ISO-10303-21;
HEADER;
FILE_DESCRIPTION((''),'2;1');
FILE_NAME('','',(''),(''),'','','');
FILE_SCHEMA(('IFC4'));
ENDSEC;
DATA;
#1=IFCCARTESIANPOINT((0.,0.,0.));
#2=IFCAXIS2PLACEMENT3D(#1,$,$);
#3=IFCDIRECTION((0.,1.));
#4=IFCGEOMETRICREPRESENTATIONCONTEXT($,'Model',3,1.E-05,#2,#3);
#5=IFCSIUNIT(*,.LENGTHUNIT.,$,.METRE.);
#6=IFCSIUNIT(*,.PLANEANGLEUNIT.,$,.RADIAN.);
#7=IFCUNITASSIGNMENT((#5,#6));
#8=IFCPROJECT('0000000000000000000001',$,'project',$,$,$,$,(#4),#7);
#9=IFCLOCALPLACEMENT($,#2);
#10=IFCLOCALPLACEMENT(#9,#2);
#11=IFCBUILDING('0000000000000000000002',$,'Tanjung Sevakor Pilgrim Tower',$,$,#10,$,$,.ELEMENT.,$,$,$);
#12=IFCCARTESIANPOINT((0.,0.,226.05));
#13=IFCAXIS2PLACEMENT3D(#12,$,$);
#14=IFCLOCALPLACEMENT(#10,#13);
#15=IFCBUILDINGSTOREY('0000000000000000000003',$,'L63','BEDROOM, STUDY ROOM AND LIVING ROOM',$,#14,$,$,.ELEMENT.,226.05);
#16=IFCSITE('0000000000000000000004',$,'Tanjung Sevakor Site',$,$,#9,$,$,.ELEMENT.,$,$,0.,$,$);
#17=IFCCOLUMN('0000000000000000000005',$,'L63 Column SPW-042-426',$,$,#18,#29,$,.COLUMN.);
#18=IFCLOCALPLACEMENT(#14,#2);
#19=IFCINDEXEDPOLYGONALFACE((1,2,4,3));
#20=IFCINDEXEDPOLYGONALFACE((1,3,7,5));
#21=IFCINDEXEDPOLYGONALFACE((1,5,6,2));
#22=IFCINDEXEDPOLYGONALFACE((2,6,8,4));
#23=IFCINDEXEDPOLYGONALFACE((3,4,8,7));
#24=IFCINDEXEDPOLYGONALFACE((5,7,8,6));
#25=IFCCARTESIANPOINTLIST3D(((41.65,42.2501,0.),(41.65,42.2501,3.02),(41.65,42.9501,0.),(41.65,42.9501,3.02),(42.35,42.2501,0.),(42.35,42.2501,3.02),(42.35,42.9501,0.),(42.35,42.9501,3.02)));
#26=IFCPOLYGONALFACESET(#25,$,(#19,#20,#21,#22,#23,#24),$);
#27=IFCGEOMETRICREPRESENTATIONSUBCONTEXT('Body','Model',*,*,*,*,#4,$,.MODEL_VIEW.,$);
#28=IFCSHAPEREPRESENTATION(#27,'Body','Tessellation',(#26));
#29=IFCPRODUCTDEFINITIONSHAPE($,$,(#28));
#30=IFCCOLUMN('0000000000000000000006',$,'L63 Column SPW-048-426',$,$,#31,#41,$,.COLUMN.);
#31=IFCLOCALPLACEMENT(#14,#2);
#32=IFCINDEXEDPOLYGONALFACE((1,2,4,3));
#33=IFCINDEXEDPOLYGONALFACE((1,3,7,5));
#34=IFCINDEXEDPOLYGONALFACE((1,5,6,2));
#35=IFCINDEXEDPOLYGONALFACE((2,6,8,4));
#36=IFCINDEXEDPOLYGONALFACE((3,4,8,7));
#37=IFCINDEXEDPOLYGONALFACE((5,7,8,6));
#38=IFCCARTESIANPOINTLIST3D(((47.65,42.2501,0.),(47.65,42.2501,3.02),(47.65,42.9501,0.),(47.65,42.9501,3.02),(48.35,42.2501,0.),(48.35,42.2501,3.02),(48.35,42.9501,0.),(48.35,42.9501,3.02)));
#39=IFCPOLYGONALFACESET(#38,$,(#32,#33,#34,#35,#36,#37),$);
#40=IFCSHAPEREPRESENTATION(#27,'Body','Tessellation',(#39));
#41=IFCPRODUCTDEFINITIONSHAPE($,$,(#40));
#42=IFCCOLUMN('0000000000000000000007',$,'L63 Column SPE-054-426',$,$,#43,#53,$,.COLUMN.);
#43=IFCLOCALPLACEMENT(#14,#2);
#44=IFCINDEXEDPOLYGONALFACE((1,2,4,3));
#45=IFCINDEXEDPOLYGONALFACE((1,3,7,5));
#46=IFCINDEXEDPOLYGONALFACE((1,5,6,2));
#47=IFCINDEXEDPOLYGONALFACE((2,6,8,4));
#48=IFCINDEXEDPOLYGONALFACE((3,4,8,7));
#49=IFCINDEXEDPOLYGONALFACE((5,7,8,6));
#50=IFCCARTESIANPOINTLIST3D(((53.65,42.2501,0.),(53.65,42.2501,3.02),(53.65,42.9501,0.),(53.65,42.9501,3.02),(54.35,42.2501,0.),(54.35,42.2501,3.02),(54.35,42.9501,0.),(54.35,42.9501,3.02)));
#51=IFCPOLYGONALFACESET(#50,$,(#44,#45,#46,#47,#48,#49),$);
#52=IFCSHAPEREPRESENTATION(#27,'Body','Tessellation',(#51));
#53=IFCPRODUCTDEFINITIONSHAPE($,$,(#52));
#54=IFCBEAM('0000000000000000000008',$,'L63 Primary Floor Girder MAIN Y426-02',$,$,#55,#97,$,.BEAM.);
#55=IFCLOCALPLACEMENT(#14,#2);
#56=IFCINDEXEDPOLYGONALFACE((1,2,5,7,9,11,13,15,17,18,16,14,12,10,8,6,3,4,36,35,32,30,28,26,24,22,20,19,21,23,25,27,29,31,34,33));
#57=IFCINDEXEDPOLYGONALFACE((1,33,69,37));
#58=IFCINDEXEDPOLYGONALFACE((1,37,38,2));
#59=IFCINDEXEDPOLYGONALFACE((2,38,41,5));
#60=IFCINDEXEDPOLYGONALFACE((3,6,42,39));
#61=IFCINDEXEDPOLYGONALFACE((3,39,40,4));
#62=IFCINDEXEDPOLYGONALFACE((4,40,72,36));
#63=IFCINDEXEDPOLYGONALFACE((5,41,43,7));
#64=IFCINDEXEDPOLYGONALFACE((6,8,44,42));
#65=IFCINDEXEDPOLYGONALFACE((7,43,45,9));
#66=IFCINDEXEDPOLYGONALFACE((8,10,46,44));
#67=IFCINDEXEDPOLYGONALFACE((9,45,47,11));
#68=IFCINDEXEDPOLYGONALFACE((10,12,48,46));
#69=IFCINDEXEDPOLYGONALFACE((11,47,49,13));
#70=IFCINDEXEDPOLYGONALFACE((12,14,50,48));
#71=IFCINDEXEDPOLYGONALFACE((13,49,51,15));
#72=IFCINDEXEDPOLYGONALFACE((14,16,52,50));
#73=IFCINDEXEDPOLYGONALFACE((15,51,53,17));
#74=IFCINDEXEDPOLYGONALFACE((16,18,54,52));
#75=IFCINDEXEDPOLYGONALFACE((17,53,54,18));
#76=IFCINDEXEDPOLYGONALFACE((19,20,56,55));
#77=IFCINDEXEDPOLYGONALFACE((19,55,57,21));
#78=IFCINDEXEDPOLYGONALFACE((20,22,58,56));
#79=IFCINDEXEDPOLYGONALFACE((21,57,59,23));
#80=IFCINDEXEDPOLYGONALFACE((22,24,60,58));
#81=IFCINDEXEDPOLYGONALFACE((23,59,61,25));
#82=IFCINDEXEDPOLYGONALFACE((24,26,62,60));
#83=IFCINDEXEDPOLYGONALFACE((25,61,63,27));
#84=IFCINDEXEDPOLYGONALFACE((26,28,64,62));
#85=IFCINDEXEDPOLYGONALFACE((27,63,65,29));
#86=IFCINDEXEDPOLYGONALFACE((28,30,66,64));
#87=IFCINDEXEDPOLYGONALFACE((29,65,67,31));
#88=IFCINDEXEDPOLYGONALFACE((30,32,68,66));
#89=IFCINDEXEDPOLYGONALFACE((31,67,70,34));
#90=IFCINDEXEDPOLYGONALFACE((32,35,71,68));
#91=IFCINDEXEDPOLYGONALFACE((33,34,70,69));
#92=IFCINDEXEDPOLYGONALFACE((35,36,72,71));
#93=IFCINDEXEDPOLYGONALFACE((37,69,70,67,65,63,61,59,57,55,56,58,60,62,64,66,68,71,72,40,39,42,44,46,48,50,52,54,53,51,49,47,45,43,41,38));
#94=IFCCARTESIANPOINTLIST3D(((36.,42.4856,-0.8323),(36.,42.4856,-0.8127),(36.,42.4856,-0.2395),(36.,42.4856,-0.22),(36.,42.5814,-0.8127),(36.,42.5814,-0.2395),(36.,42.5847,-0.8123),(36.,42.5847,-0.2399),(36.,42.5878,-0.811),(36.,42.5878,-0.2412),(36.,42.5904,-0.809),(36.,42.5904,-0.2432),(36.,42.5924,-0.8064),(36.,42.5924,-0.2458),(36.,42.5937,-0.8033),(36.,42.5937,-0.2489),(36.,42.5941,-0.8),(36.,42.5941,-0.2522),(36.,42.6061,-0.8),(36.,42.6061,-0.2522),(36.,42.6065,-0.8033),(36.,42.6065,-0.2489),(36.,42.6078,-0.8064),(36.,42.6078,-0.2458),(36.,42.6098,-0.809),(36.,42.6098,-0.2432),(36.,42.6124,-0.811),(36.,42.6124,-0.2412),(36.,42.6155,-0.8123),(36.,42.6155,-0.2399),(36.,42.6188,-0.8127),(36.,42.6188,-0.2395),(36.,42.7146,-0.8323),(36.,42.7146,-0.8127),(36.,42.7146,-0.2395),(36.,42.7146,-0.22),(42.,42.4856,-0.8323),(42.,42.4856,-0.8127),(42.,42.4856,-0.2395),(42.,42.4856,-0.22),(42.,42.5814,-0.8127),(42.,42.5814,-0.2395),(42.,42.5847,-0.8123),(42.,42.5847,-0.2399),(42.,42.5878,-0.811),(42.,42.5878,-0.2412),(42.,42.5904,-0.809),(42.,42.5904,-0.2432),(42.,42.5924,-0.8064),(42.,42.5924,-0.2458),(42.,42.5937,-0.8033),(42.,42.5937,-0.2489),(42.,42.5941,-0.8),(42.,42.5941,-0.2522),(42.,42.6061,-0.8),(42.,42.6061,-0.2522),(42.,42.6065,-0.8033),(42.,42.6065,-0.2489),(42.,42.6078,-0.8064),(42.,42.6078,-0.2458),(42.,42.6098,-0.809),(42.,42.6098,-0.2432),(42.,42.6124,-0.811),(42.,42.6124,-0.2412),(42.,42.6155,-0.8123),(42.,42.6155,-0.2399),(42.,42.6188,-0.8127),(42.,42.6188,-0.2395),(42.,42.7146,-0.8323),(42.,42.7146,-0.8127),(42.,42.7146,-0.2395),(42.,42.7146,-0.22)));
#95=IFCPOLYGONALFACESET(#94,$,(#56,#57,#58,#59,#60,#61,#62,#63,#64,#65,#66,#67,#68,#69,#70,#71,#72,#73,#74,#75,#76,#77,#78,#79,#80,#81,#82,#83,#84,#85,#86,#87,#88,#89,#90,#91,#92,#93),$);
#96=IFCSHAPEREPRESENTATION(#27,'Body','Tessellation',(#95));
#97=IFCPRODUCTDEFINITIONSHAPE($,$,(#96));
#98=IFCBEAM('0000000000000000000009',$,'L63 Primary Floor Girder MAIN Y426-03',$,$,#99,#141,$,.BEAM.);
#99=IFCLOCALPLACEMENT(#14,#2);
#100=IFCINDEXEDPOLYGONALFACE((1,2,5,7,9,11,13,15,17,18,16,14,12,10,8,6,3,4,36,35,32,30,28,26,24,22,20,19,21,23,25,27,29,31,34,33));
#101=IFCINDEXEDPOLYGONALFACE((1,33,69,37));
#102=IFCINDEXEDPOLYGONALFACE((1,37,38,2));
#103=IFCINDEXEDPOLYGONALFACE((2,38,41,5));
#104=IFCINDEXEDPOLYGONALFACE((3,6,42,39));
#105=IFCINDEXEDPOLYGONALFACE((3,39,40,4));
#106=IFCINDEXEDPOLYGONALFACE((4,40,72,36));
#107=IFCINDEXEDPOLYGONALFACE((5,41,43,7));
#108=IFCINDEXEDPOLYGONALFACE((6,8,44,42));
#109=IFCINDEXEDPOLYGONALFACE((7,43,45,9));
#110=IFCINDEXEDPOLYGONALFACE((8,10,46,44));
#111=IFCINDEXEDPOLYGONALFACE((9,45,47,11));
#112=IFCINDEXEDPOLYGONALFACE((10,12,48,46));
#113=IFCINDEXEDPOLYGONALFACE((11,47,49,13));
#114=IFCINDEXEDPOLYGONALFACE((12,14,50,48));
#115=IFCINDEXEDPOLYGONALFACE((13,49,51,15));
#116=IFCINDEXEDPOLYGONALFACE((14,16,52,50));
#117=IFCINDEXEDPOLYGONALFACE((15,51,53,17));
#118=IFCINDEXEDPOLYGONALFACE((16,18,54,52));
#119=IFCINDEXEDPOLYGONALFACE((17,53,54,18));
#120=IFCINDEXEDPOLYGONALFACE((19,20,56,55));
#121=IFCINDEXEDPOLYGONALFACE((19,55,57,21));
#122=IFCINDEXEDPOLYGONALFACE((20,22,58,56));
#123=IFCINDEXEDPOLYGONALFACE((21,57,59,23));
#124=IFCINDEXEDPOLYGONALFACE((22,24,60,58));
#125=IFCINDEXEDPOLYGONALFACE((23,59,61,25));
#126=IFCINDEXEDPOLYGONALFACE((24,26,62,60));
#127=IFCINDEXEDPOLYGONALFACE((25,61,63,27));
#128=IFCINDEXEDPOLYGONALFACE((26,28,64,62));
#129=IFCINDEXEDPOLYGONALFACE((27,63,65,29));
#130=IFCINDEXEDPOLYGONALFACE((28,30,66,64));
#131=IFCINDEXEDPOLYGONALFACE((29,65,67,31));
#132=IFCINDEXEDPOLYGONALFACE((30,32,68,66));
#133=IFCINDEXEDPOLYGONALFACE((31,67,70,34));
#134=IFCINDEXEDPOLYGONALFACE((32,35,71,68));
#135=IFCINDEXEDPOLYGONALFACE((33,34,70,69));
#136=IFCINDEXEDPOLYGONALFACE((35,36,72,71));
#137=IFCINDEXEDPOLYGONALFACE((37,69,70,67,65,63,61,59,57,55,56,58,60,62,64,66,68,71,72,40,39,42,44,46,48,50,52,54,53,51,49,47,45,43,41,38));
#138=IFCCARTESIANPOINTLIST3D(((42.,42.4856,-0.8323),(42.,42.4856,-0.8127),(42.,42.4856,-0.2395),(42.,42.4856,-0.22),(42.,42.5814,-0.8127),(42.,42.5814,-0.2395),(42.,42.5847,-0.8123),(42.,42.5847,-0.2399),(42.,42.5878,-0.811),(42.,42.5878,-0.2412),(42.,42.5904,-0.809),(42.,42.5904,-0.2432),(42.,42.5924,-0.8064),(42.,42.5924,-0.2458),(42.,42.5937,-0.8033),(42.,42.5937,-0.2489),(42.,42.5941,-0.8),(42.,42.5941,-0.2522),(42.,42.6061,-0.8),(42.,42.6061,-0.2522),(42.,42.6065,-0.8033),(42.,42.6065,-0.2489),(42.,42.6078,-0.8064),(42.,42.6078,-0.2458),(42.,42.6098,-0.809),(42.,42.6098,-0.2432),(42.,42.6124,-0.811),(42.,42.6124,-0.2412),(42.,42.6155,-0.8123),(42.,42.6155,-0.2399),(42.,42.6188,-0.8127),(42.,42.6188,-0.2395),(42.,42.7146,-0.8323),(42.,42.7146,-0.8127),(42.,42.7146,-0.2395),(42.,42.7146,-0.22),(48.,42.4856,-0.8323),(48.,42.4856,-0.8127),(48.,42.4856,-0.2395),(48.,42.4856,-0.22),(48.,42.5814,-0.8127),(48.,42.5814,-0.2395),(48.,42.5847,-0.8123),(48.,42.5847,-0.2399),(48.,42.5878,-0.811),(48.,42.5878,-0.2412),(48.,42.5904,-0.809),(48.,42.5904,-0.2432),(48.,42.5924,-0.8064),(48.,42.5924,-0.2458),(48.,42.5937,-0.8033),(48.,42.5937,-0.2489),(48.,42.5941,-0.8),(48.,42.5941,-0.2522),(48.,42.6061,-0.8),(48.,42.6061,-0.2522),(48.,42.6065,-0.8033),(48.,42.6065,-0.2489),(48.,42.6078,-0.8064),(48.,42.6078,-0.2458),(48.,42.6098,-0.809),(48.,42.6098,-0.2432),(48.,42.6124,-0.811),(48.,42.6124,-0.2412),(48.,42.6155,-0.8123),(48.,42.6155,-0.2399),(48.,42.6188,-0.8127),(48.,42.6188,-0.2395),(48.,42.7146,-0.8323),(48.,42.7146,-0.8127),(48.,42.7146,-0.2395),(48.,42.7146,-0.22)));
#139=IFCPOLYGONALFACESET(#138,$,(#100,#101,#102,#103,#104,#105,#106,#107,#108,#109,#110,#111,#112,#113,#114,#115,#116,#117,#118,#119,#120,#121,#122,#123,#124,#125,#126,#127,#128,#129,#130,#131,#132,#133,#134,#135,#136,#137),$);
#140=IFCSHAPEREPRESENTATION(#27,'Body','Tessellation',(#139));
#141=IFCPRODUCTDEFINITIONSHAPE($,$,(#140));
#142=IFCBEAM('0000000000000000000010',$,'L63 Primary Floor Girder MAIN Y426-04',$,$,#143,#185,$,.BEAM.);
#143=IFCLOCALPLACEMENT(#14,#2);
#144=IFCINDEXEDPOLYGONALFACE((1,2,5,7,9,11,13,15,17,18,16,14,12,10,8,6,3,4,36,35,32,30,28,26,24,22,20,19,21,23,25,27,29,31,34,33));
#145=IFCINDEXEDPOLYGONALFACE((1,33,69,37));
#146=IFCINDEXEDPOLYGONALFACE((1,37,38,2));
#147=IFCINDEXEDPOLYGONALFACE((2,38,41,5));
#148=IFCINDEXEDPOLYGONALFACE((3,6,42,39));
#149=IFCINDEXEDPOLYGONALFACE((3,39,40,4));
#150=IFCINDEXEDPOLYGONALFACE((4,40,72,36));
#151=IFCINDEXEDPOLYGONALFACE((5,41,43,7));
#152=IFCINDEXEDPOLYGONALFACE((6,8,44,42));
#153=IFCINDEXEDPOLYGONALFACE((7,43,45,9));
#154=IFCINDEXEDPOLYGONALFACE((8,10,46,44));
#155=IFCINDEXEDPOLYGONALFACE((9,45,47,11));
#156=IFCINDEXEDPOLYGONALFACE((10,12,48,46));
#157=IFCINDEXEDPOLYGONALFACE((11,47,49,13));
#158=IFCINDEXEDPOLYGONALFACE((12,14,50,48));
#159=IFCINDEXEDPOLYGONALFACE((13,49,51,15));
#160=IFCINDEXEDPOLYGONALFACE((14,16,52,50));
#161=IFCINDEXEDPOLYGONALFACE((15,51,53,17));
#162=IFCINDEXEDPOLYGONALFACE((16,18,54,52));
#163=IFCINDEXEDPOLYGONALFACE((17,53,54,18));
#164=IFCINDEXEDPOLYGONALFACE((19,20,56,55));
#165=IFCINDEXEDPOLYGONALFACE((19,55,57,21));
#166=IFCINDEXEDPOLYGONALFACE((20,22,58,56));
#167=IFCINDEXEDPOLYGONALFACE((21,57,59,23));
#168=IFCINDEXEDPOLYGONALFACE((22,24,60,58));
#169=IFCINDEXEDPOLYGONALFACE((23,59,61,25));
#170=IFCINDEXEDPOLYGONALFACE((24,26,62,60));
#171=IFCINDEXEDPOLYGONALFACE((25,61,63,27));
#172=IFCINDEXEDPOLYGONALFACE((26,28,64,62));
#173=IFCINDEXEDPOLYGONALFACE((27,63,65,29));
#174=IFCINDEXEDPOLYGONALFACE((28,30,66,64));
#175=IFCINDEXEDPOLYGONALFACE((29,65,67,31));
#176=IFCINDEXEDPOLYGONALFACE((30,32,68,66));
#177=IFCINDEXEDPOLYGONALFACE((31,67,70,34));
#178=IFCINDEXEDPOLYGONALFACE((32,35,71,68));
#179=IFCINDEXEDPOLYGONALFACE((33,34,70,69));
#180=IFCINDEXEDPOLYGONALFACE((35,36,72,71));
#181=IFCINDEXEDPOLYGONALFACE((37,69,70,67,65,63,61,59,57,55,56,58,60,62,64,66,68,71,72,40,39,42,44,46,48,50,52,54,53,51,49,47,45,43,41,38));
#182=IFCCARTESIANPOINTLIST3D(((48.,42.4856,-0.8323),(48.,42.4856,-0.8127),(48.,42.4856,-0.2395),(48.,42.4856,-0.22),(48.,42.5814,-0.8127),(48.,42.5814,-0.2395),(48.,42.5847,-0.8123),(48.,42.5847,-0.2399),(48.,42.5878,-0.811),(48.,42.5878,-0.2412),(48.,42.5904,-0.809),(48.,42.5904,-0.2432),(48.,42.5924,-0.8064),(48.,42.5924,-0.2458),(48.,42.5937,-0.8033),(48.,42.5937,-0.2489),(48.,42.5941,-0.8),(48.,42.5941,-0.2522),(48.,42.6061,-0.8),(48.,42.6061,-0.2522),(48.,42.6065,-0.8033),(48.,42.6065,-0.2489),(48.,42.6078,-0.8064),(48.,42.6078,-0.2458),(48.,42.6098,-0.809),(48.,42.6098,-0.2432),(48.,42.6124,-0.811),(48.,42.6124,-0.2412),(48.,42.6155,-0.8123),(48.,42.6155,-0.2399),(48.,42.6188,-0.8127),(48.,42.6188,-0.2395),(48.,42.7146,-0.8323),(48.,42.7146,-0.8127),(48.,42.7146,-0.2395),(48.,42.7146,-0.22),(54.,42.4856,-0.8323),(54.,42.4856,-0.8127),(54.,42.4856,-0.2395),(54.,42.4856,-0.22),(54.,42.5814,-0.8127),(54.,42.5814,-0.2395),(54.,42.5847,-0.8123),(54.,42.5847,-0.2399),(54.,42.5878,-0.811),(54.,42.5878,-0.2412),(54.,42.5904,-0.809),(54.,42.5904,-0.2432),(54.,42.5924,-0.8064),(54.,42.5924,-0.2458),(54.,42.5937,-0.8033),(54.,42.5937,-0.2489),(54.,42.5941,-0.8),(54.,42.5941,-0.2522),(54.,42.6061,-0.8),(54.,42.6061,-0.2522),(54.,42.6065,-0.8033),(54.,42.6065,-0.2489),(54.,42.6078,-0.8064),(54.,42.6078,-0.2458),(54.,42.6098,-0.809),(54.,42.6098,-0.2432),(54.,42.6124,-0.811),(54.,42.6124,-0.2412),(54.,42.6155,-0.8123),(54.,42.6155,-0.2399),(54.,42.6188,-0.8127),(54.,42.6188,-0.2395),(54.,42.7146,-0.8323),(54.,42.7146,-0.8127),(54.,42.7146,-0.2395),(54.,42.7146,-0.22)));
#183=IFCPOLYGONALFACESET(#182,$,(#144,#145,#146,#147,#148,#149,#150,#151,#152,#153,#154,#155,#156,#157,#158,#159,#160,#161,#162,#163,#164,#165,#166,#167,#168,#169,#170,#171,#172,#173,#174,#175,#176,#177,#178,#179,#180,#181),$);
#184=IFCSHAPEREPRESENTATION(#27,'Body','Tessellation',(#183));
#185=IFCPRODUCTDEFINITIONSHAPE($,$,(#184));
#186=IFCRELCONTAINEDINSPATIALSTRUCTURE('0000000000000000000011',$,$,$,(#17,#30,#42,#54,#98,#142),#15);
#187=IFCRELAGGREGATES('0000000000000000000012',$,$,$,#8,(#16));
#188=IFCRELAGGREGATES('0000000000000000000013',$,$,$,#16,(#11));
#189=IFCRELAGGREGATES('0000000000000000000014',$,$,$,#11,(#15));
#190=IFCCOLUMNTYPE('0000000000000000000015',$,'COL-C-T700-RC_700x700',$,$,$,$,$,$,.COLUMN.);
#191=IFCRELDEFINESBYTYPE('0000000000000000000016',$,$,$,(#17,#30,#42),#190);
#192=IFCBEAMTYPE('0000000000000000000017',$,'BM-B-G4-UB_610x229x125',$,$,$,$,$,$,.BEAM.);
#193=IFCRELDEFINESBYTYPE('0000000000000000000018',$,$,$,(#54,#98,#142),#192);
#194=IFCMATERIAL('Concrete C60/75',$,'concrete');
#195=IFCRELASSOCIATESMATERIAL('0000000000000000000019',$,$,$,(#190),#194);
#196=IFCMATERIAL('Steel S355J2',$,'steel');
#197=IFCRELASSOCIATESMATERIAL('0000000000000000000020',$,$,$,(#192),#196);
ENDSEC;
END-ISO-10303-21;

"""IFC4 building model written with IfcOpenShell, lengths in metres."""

from ifc_helpers import new_model, si_unit, direction, frame, origin, origin_2d, place, context, subcontext, project, spatial, rectangle, i_section, extrude, material, material_profile, profile_set, type_object, element, save


model = new_model("IFC4")

# Units and contexts
model_context = context("Model", 3, precision=1e-05, world=origin(), true_north=direction((0.0, 1.0)))
body_context = subcontext(model_context, "Body", "Model", "MODEL_VIEW")
ifc_project = project(units=[si_unit("LENGTHUNIT", "METRE"), si_unit("PLANEANGLEUNIT", "RADIAN")], contexts=[model_context])

# Site, building, storey
site_placement = place(None, origin())
site = spatial("IfcSite", under=ifc_project, at=site_placement, Name="Tanjung Sevakor Site", CompositionType="ELEMENT", RefElevation=0.0)
building_placement = place(site_placement, origin())
building = spatial("IfcBuilding", under=site, at=building_placement, Name="Tanjung Sevakor Pilgrim Tower", CompositionType="ELEMENT")
storey_placement = place(building_placement, frame((0.0, 0.0, 226.05)))
storey = spatial("IfcBuildingStorey", under=building, at=storey_placement, Name="L63", Description="BEDROOM, STUDY ROOM AND LIVING ROOM", CompositionType="ELEMENT", Elevation=226.05)

# Columns
ifc_material_1 = material(Name="Concrete C60/75", Category="concrete")
ifc_material_profile_1 = material_profile(ifc_material_1, rectangle(XDim=0.7, YDim=0.7, at=origin_2d()))
ifc_profile_set_1 = profile_set([ifc_material_profile_1], Name="Concrete C60/75")
column_type = type_object("IfcColumnType", Name="COL-C-T700-RC_700x700", PredefinedType="COLUMN", material=ifc_profile_set_1)
for number, where, z_axis, x_axis, name in (
    (1, (42.0, 42.6001, 0.0), (0.0, 0.0, 1.0), (1.0, 0.0, 0.0), "L63 Column SPW-042-426"),
    (2, (48.0, 42.6001, 0.0), (0.0, 0.0, 1.0), (1.0, 0.0, 0.0), "L63 Column SPW-048-426"),
    (3, (54.0, 42.6001, 0.0), (0.0, 0.0, 1.0), (1.0, 0.0, 0.0), "L63 Column SPE-054-426"),
):
    element("IfcColumn", number, at=place(storey_placement, frame(where, z_axis=z_axis, x_axis=x_axis)), inside=storey, type_object=column_type, Name=name, PredefinedType="COLUMN", context=body_context, shape_type="SweptSolid", body=[
        extrude(rectangle(XDim=0.7, YDim=0.7, at=origin_2d()), origin(), (0.0, 0.0, 1.0), 3.02),
    ])

# Beams
ifc_material_2 = material(Name="Steel S355J2", Category="steel")
ifc_material_profile_2 = material_profile(ifc_material_2, i_section(OverallWidth=0.229, OverallDepth=0.6123, WebThickness=0.012, FlangeThickness=0.0195, FilletRadius=0.0127, at=origin_2d()))
ifc_profile_set_2 = profile_set([ifc_material_profile_2], Name="Steel S355J2")
beam_type_1 = type_object("IfcBeamType", Name="BM-B-G4-UB_610x229x125", PredefinedType="BEAM", material=ifc_profile_set_2)
for number, where, z_axis, x_axis, name in (
    (4, (36.0, 42.6001, -0.5261), (1.0, 0.0, 0.0), (0.0, 1.0, 0.0), "L63 Primary Floor Girder MAIN Y426-02"),
    (5, (42.0, 42.6001, -0.5261), (1.0, 0.0, 0.0), (0.0, 1.0, 0.0), "L63 Primary Floor Girder MAIN Y426-03"),
    (6, (48.0, 42.6001, -0.5261), (1.0, 0.0, 0.0), (0.0, 1.0, 0.0), "L63 Primary Floor Girder MAIN Y426-04"),
):
    element("IfcBeam", number, at=place(storey_placement, frame(where, z_axis=z_axis, x_axis=x_axis)), inside=storey, type_object=beam_type_1, Name=name, PredefinedType="BEAM", context=body_context, shape_type="SweptSolid", body=[
        extrude(i_section(OverallWidth=0.229, OverallDepth=0.6123, WebThickness=0.012, FlangeThickness=0.0195, FilletRadius=0.0127, at=origin_2d()), origin(), (0.0, 0.0, 1.0), 6.0),
    ])

save(model, "model.ifc")
